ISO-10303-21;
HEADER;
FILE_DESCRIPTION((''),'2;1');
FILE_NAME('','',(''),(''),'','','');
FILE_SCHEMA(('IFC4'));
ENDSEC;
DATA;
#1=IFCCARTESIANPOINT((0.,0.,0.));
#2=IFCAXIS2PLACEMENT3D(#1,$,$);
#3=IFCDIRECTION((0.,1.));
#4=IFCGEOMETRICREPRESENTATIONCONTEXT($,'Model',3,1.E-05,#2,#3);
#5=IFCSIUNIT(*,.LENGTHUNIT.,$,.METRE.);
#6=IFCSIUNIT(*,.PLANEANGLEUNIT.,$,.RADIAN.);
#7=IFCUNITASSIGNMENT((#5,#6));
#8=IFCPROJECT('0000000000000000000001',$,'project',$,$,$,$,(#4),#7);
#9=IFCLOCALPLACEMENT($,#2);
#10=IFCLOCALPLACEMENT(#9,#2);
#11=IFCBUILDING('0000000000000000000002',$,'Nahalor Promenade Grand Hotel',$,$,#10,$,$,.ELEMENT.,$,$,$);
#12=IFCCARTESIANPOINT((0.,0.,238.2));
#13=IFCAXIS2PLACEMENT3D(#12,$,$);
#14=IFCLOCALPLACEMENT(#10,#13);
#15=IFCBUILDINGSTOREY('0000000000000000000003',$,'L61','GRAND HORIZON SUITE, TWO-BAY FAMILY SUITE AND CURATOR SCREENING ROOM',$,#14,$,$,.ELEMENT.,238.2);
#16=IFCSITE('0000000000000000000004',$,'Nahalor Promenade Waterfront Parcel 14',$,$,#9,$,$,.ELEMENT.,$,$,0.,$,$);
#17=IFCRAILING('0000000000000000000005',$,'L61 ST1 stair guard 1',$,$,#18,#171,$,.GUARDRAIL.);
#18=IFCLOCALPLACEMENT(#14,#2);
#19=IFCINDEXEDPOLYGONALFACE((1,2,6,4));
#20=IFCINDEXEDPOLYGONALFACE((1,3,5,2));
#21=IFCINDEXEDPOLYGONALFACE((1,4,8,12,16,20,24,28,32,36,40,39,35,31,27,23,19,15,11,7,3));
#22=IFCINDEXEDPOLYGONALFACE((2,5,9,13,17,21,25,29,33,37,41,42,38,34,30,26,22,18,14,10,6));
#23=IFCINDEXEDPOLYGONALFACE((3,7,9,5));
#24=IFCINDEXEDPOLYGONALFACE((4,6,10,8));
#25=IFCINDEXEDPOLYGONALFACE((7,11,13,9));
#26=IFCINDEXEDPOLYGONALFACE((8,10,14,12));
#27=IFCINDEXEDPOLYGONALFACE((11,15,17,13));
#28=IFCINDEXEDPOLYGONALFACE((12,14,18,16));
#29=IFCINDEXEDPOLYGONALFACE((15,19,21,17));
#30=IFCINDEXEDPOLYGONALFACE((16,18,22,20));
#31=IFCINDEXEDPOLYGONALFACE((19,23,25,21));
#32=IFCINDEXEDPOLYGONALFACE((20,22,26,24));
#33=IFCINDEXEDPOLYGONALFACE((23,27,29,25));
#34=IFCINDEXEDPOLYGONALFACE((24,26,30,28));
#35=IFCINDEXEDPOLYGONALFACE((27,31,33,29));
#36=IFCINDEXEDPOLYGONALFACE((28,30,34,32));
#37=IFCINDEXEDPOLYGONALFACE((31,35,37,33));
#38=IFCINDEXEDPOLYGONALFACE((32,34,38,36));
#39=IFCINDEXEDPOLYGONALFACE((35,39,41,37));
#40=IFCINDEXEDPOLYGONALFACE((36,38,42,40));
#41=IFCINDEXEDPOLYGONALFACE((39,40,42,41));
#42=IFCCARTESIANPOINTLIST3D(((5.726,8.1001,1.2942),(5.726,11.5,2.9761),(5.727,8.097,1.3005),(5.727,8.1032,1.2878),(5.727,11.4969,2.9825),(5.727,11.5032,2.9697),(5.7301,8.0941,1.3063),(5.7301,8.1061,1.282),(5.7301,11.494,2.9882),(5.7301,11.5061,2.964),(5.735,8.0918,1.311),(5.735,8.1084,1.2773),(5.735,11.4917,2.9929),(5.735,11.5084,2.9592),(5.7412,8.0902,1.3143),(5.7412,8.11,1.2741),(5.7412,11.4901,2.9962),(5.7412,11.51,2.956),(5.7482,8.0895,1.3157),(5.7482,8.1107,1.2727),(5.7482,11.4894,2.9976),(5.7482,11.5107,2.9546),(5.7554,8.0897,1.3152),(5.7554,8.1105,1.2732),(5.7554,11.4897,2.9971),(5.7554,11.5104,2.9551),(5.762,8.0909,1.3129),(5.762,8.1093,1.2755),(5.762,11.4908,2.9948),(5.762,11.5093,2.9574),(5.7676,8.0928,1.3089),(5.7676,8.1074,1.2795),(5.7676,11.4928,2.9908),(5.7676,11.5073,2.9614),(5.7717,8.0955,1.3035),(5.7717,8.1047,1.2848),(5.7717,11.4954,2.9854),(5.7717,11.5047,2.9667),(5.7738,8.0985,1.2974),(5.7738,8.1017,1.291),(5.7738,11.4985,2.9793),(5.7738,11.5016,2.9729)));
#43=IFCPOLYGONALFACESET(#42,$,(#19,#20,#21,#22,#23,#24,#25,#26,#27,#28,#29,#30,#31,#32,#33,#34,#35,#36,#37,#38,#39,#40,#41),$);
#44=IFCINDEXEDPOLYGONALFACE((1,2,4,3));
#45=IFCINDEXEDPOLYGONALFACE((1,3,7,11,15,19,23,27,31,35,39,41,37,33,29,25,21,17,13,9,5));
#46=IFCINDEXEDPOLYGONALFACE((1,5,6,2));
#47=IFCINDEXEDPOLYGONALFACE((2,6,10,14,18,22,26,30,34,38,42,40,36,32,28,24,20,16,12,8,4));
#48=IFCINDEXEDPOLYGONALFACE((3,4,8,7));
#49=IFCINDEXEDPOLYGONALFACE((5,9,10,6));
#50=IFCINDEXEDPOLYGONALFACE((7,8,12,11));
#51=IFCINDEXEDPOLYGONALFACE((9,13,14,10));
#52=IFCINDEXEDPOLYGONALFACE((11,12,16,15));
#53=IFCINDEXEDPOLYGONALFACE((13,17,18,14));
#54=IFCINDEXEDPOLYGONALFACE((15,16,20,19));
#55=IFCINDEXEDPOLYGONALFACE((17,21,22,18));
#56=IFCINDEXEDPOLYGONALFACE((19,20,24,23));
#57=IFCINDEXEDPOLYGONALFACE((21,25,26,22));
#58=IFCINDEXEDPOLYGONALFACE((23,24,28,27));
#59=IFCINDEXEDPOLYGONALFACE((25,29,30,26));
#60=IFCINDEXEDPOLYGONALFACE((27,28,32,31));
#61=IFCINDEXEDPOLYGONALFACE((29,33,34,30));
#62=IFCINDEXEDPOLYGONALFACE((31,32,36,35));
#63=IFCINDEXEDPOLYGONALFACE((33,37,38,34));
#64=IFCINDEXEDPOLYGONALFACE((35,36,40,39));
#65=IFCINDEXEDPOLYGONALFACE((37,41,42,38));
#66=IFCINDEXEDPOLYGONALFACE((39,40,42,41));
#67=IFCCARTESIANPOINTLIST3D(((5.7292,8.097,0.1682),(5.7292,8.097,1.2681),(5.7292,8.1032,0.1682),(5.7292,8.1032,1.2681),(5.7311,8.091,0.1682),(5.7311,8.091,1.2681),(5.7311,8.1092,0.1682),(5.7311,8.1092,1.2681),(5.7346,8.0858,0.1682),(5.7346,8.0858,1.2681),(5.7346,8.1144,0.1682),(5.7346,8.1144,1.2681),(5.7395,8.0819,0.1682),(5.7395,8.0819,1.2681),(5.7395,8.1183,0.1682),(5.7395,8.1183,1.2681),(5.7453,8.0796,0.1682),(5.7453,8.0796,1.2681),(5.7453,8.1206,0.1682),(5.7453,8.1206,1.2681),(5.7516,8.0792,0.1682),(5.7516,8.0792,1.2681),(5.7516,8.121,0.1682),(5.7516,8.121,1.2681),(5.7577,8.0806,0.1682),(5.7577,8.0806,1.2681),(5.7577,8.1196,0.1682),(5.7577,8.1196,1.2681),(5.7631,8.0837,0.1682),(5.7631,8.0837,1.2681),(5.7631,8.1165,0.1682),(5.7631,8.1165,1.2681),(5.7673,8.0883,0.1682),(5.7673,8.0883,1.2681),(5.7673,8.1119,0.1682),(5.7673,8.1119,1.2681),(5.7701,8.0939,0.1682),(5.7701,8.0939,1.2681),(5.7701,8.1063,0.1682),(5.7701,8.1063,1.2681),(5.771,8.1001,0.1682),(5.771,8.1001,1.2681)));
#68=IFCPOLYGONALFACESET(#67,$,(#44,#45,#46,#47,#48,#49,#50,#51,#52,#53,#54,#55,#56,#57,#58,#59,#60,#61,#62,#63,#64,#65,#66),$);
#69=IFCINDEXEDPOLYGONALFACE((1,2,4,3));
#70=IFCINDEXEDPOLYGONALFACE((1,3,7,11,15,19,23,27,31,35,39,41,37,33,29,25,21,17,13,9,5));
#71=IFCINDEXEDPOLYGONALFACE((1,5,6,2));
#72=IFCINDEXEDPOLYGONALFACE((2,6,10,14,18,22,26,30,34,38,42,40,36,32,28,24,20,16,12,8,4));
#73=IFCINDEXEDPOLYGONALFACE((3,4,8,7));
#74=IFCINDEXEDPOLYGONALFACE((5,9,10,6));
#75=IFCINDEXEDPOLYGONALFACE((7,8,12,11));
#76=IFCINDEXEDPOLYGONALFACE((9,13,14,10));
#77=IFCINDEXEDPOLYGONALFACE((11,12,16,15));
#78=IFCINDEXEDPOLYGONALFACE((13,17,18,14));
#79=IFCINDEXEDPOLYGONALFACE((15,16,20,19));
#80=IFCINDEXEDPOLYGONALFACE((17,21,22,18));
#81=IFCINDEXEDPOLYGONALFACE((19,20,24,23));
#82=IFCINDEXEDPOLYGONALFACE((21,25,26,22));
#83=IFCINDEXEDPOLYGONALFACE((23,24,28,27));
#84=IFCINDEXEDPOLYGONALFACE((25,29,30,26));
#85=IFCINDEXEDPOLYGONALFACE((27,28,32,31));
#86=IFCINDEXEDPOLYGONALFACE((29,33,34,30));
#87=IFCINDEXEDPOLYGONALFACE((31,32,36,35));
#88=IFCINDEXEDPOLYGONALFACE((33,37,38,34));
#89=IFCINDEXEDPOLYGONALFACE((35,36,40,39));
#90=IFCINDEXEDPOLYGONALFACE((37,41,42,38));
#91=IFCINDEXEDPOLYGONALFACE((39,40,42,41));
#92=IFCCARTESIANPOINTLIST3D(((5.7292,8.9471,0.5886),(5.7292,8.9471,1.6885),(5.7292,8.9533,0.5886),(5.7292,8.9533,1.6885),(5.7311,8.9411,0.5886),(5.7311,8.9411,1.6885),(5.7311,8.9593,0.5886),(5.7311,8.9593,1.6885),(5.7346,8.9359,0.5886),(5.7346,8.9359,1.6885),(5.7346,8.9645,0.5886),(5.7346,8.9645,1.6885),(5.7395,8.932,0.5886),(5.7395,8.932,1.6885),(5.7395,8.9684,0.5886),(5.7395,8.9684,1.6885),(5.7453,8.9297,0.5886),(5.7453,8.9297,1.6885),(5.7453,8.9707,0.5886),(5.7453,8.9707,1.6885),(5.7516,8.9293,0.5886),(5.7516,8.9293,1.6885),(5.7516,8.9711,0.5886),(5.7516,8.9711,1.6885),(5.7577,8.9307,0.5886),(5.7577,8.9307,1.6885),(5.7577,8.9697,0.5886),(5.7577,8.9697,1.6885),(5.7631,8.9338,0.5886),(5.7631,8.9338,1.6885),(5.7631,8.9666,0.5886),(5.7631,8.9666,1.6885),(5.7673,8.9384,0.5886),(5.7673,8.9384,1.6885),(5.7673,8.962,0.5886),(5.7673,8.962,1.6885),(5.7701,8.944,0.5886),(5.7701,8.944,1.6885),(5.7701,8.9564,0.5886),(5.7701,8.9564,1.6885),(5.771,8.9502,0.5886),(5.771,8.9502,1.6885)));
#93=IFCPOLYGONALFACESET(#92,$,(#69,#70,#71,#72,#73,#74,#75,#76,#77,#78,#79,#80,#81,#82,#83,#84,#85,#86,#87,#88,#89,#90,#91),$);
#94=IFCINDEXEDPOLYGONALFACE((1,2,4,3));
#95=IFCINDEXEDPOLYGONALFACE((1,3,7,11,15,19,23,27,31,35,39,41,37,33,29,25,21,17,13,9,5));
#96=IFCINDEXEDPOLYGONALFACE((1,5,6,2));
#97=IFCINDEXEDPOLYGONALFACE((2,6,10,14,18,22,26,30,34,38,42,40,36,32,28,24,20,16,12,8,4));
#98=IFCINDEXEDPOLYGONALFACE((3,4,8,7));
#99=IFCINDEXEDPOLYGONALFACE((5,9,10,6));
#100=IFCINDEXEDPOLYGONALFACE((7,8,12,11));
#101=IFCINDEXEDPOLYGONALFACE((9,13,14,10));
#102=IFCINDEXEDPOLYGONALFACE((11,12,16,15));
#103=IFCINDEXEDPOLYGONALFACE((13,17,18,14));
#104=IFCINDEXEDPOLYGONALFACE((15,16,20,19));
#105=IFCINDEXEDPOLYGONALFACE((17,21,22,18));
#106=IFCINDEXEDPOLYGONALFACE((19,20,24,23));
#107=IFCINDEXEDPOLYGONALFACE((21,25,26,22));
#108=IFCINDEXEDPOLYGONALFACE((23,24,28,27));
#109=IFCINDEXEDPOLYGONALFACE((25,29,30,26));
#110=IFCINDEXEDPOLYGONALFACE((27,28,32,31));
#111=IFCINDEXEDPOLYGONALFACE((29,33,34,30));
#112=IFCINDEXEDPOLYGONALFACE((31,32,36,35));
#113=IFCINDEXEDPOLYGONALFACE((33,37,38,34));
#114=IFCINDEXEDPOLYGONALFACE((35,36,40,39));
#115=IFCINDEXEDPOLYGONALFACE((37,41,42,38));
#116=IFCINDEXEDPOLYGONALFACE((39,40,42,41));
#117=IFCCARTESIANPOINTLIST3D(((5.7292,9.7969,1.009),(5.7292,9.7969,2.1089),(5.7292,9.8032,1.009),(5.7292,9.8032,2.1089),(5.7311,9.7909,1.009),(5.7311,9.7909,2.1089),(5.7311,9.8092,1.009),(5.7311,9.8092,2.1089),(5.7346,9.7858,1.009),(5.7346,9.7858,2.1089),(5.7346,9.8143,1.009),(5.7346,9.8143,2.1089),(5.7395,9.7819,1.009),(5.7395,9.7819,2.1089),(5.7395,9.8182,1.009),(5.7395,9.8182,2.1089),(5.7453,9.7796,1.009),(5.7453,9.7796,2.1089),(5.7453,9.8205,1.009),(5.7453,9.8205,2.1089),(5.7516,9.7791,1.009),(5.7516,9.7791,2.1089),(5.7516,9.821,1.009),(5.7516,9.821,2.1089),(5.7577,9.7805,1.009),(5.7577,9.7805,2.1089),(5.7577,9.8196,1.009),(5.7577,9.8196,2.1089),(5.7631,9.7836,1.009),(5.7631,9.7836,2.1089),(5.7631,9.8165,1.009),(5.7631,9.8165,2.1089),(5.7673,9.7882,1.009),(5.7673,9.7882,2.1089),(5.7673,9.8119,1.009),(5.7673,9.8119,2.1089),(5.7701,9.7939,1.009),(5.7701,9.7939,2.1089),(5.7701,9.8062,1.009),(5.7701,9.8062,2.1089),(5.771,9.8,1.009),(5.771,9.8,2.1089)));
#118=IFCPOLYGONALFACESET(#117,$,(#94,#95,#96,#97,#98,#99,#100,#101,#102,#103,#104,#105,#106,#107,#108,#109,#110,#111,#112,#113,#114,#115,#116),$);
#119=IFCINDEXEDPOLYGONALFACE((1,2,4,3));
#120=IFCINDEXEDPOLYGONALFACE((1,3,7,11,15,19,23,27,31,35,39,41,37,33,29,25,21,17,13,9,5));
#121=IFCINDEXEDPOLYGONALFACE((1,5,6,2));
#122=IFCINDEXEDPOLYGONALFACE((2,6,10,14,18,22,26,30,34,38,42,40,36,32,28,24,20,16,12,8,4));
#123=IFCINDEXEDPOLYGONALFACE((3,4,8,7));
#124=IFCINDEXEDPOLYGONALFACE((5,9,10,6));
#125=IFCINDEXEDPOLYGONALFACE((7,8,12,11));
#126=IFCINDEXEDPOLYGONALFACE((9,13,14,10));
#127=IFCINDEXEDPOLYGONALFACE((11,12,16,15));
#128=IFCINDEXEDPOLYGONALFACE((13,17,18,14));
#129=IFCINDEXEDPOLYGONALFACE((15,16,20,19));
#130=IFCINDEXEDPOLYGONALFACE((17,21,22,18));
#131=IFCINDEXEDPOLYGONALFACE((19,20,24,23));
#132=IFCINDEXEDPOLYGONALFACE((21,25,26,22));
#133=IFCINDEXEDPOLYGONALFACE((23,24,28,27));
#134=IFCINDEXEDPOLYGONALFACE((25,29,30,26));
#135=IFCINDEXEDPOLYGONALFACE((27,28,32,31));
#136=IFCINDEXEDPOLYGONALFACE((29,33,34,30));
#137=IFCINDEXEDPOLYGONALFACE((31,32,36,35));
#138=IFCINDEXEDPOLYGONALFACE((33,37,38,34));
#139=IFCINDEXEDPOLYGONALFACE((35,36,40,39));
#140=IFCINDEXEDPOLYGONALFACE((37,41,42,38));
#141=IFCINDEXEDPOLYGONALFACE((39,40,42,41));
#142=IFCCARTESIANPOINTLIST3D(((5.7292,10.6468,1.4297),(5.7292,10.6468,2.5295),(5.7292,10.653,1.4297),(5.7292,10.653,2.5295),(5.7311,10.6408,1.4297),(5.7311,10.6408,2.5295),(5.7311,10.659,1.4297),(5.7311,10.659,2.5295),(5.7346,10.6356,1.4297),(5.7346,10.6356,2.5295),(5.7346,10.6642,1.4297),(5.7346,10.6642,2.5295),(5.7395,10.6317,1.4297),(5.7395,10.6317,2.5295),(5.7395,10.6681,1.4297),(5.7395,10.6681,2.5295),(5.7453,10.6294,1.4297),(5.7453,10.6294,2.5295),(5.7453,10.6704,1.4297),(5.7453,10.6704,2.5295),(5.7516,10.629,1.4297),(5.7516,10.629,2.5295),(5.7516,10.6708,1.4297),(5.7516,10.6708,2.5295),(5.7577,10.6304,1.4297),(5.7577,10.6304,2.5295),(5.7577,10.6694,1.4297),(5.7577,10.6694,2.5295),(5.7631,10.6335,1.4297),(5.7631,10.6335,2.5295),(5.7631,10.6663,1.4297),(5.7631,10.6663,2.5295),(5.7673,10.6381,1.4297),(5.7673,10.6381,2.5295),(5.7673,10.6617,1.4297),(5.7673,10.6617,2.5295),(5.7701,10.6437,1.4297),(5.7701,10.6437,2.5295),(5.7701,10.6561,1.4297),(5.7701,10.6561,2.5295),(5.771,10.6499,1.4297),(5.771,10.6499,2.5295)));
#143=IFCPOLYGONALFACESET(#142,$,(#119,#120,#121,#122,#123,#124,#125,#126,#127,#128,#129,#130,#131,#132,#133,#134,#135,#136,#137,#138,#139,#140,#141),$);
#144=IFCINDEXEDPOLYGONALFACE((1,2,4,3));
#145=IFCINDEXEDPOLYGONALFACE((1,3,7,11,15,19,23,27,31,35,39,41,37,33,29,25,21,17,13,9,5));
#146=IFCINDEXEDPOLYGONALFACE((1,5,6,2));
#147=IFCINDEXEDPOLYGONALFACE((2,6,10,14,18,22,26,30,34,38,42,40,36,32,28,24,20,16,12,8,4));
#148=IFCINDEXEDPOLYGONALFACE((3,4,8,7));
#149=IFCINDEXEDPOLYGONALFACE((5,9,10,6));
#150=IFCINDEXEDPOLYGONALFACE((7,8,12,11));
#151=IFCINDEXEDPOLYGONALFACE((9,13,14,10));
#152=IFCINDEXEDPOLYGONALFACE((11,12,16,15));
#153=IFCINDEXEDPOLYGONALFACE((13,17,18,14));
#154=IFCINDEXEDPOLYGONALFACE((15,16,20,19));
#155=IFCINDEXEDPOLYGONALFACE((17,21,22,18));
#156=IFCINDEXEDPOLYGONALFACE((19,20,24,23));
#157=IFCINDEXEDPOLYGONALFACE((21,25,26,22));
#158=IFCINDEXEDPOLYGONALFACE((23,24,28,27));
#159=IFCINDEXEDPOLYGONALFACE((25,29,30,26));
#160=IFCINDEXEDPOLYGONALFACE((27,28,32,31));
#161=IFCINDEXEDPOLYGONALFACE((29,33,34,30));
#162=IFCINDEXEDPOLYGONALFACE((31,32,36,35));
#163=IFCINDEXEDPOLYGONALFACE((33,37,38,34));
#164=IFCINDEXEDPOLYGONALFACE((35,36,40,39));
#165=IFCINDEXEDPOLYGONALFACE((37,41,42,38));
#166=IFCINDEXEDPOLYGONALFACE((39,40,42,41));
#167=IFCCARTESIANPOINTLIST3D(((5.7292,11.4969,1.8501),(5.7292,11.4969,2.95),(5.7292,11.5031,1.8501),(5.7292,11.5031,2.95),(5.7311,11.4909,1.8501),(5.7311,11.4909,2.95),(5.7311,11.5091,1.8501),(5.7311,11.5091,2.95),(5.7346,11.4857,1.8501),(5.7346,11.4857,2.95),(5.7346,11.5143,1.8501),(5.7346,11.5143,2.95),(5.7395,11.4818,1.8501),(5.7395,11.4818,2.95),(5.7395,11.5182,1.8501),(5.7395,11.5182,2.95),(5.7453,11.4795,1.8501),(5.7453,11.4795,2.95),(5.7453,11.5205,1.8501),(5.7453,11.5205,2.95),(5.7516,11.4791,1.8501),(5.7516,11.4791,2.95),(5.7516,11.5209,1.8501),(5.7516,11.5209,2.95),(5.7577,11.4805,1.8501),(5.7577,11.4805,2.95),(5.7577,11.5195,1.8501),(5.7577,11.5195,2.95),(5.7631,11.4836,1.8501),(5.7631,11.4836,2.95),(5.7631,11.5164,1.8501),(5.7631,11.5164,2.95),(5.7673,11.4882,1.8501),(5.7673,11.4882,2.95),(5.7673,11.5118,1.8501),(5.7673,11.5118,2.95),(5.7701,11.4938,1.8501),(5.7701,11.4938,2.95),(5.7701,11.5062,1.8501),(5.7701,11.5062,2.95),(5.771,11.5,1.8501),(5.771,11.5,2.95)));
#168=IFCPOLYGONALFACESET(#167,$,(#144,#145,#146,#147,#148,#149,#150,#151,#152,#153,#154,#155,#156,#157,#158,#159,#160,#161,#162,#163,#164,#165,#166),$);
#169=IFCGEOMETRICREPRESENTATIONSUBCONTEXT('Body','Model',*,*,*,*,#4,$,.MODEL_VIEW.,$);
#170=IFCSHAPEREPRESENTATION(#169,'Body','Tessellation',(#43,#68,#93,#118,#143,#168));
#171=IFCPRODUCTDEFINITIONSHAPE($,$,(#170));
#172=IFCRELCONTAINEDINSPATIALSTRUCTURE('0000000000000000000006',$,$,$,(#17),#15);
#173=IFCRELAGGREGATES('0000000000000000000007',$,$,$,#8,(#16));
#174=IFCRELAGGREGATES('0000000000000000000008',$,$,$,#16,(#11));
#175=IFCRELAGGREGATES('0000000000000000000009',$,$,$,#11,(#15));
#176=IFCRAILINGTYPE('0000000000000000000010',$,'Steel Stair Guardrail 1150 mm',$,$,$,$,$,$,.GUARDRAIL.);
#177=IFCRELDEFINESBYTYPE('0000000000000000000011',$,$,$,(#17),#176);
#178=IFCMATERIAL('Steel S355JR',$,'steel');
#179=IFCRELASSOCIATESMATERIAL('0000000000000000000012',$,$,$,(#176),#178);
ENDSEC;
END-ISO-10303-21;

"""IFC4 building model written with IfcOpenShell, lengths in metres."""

from ifc_helpers import new_model, si_unit, direction, frame, origin, origin_2d, place, context, subcontext, project, spatial, circle, extrude, material, type_object, element, save


model = new_model("IFC4")

# Units and contexts
model_context = context("Model", 3, precision=1e-05, world=origin(), true_north=direction((0.0, 1.0)))
body_context = subcontext(model_context, "Body", "Model", "MODEL_VIEW")
ifc_project = project(units=[si_unit("LENGTHUNIT", "METRE"), si_unit("PLANEANGLEUNIT", "RADIAN")], contexts=[model_context])

# Site, building, storey
site_placement = place(None, origin())
site = spatial("IfcSite", under=ifc_project, at=site_placement, Name="Nahalor Promenade Waterfront Parcel 14", CompositionType="ELEMENT", RefElevation=0.0)
building_placement = place(site_placement, origin())
building = spatial("IfcBuilding", under=site, at=building_placement, Name="Nahalor Promenade Grand Hotel", CompositionType="ELEMENT")
storey_placement = place(building_placement, frame((0.0, 0.0, 238.2)))
storey = spatial("IfcBuildingStorey", under=building, at=storey_placement, Name="L61", Description="GRAND HORIZON SUITE, TWO-BAY FAMILY SUITE AND CURATOR SCREENING ROOM", CompositionType="ELEMENT", Elevation=238.2)

# Shared definitions
ifc_material_1 = material(Name="Steel S355JR", Category="steel")

# Railing
railing_type_1 = type_object("IfcRailingType", Name="Steel Stair Guardrail 1150 mm", PredefinedType="GUARDRAIL", material=ifc_material_1)
railing_1_placement = place(storey_placement, frame((5.75, 8.1001, 0.1682)))
element("IfcRailing", 1, at=railing_1_placement, inside=storey, type_object=railing_type_1, Name="L61 ST1 stair guard 1", PredefinedType="GUARDRAIL", context=body_context, shape_type="SweptSolid", body=[
    extrude(circle(Radius=0.024, at=origin_2d()), frame((0.0, 0.0, 1.126), z_axis=(0.0, 0.896324, 0.443399), x_axis=(-1.0, 0.0, 0.0)), (0.0, 0.0, 1.0), 3.7932),
    extrude(circle(Radius=0.021, at=origin_2d()), origin(), (0.0, 0.0, 1.0), 1.0999),
    extrude(circle(Radius=0.021, at=origin_2d()), frame((0.0, 0.8501, 0.4204)), (0.0, 0.0, 1.0), 1.0999),
    extrude(circle(Radius=0.021, at=origin_2d()), frame((0.0, 1.7, 0.8408)), (0.0, 0.0, 1.0), 1.0999),
    extrude(circle(Radius=0.021, at=origin_2d()), frame((0.0, 2.5498, 1.2615)), (0.0, 0.0, 1.0), 1.0999),
    extrude(circle(Radius=0.021, at=origin_2d()), frame((0.0, 3.3999, 1.6819)), (0.0, 0.0, 1.0), 1.0999),
])

save(model, "model.ifc")
